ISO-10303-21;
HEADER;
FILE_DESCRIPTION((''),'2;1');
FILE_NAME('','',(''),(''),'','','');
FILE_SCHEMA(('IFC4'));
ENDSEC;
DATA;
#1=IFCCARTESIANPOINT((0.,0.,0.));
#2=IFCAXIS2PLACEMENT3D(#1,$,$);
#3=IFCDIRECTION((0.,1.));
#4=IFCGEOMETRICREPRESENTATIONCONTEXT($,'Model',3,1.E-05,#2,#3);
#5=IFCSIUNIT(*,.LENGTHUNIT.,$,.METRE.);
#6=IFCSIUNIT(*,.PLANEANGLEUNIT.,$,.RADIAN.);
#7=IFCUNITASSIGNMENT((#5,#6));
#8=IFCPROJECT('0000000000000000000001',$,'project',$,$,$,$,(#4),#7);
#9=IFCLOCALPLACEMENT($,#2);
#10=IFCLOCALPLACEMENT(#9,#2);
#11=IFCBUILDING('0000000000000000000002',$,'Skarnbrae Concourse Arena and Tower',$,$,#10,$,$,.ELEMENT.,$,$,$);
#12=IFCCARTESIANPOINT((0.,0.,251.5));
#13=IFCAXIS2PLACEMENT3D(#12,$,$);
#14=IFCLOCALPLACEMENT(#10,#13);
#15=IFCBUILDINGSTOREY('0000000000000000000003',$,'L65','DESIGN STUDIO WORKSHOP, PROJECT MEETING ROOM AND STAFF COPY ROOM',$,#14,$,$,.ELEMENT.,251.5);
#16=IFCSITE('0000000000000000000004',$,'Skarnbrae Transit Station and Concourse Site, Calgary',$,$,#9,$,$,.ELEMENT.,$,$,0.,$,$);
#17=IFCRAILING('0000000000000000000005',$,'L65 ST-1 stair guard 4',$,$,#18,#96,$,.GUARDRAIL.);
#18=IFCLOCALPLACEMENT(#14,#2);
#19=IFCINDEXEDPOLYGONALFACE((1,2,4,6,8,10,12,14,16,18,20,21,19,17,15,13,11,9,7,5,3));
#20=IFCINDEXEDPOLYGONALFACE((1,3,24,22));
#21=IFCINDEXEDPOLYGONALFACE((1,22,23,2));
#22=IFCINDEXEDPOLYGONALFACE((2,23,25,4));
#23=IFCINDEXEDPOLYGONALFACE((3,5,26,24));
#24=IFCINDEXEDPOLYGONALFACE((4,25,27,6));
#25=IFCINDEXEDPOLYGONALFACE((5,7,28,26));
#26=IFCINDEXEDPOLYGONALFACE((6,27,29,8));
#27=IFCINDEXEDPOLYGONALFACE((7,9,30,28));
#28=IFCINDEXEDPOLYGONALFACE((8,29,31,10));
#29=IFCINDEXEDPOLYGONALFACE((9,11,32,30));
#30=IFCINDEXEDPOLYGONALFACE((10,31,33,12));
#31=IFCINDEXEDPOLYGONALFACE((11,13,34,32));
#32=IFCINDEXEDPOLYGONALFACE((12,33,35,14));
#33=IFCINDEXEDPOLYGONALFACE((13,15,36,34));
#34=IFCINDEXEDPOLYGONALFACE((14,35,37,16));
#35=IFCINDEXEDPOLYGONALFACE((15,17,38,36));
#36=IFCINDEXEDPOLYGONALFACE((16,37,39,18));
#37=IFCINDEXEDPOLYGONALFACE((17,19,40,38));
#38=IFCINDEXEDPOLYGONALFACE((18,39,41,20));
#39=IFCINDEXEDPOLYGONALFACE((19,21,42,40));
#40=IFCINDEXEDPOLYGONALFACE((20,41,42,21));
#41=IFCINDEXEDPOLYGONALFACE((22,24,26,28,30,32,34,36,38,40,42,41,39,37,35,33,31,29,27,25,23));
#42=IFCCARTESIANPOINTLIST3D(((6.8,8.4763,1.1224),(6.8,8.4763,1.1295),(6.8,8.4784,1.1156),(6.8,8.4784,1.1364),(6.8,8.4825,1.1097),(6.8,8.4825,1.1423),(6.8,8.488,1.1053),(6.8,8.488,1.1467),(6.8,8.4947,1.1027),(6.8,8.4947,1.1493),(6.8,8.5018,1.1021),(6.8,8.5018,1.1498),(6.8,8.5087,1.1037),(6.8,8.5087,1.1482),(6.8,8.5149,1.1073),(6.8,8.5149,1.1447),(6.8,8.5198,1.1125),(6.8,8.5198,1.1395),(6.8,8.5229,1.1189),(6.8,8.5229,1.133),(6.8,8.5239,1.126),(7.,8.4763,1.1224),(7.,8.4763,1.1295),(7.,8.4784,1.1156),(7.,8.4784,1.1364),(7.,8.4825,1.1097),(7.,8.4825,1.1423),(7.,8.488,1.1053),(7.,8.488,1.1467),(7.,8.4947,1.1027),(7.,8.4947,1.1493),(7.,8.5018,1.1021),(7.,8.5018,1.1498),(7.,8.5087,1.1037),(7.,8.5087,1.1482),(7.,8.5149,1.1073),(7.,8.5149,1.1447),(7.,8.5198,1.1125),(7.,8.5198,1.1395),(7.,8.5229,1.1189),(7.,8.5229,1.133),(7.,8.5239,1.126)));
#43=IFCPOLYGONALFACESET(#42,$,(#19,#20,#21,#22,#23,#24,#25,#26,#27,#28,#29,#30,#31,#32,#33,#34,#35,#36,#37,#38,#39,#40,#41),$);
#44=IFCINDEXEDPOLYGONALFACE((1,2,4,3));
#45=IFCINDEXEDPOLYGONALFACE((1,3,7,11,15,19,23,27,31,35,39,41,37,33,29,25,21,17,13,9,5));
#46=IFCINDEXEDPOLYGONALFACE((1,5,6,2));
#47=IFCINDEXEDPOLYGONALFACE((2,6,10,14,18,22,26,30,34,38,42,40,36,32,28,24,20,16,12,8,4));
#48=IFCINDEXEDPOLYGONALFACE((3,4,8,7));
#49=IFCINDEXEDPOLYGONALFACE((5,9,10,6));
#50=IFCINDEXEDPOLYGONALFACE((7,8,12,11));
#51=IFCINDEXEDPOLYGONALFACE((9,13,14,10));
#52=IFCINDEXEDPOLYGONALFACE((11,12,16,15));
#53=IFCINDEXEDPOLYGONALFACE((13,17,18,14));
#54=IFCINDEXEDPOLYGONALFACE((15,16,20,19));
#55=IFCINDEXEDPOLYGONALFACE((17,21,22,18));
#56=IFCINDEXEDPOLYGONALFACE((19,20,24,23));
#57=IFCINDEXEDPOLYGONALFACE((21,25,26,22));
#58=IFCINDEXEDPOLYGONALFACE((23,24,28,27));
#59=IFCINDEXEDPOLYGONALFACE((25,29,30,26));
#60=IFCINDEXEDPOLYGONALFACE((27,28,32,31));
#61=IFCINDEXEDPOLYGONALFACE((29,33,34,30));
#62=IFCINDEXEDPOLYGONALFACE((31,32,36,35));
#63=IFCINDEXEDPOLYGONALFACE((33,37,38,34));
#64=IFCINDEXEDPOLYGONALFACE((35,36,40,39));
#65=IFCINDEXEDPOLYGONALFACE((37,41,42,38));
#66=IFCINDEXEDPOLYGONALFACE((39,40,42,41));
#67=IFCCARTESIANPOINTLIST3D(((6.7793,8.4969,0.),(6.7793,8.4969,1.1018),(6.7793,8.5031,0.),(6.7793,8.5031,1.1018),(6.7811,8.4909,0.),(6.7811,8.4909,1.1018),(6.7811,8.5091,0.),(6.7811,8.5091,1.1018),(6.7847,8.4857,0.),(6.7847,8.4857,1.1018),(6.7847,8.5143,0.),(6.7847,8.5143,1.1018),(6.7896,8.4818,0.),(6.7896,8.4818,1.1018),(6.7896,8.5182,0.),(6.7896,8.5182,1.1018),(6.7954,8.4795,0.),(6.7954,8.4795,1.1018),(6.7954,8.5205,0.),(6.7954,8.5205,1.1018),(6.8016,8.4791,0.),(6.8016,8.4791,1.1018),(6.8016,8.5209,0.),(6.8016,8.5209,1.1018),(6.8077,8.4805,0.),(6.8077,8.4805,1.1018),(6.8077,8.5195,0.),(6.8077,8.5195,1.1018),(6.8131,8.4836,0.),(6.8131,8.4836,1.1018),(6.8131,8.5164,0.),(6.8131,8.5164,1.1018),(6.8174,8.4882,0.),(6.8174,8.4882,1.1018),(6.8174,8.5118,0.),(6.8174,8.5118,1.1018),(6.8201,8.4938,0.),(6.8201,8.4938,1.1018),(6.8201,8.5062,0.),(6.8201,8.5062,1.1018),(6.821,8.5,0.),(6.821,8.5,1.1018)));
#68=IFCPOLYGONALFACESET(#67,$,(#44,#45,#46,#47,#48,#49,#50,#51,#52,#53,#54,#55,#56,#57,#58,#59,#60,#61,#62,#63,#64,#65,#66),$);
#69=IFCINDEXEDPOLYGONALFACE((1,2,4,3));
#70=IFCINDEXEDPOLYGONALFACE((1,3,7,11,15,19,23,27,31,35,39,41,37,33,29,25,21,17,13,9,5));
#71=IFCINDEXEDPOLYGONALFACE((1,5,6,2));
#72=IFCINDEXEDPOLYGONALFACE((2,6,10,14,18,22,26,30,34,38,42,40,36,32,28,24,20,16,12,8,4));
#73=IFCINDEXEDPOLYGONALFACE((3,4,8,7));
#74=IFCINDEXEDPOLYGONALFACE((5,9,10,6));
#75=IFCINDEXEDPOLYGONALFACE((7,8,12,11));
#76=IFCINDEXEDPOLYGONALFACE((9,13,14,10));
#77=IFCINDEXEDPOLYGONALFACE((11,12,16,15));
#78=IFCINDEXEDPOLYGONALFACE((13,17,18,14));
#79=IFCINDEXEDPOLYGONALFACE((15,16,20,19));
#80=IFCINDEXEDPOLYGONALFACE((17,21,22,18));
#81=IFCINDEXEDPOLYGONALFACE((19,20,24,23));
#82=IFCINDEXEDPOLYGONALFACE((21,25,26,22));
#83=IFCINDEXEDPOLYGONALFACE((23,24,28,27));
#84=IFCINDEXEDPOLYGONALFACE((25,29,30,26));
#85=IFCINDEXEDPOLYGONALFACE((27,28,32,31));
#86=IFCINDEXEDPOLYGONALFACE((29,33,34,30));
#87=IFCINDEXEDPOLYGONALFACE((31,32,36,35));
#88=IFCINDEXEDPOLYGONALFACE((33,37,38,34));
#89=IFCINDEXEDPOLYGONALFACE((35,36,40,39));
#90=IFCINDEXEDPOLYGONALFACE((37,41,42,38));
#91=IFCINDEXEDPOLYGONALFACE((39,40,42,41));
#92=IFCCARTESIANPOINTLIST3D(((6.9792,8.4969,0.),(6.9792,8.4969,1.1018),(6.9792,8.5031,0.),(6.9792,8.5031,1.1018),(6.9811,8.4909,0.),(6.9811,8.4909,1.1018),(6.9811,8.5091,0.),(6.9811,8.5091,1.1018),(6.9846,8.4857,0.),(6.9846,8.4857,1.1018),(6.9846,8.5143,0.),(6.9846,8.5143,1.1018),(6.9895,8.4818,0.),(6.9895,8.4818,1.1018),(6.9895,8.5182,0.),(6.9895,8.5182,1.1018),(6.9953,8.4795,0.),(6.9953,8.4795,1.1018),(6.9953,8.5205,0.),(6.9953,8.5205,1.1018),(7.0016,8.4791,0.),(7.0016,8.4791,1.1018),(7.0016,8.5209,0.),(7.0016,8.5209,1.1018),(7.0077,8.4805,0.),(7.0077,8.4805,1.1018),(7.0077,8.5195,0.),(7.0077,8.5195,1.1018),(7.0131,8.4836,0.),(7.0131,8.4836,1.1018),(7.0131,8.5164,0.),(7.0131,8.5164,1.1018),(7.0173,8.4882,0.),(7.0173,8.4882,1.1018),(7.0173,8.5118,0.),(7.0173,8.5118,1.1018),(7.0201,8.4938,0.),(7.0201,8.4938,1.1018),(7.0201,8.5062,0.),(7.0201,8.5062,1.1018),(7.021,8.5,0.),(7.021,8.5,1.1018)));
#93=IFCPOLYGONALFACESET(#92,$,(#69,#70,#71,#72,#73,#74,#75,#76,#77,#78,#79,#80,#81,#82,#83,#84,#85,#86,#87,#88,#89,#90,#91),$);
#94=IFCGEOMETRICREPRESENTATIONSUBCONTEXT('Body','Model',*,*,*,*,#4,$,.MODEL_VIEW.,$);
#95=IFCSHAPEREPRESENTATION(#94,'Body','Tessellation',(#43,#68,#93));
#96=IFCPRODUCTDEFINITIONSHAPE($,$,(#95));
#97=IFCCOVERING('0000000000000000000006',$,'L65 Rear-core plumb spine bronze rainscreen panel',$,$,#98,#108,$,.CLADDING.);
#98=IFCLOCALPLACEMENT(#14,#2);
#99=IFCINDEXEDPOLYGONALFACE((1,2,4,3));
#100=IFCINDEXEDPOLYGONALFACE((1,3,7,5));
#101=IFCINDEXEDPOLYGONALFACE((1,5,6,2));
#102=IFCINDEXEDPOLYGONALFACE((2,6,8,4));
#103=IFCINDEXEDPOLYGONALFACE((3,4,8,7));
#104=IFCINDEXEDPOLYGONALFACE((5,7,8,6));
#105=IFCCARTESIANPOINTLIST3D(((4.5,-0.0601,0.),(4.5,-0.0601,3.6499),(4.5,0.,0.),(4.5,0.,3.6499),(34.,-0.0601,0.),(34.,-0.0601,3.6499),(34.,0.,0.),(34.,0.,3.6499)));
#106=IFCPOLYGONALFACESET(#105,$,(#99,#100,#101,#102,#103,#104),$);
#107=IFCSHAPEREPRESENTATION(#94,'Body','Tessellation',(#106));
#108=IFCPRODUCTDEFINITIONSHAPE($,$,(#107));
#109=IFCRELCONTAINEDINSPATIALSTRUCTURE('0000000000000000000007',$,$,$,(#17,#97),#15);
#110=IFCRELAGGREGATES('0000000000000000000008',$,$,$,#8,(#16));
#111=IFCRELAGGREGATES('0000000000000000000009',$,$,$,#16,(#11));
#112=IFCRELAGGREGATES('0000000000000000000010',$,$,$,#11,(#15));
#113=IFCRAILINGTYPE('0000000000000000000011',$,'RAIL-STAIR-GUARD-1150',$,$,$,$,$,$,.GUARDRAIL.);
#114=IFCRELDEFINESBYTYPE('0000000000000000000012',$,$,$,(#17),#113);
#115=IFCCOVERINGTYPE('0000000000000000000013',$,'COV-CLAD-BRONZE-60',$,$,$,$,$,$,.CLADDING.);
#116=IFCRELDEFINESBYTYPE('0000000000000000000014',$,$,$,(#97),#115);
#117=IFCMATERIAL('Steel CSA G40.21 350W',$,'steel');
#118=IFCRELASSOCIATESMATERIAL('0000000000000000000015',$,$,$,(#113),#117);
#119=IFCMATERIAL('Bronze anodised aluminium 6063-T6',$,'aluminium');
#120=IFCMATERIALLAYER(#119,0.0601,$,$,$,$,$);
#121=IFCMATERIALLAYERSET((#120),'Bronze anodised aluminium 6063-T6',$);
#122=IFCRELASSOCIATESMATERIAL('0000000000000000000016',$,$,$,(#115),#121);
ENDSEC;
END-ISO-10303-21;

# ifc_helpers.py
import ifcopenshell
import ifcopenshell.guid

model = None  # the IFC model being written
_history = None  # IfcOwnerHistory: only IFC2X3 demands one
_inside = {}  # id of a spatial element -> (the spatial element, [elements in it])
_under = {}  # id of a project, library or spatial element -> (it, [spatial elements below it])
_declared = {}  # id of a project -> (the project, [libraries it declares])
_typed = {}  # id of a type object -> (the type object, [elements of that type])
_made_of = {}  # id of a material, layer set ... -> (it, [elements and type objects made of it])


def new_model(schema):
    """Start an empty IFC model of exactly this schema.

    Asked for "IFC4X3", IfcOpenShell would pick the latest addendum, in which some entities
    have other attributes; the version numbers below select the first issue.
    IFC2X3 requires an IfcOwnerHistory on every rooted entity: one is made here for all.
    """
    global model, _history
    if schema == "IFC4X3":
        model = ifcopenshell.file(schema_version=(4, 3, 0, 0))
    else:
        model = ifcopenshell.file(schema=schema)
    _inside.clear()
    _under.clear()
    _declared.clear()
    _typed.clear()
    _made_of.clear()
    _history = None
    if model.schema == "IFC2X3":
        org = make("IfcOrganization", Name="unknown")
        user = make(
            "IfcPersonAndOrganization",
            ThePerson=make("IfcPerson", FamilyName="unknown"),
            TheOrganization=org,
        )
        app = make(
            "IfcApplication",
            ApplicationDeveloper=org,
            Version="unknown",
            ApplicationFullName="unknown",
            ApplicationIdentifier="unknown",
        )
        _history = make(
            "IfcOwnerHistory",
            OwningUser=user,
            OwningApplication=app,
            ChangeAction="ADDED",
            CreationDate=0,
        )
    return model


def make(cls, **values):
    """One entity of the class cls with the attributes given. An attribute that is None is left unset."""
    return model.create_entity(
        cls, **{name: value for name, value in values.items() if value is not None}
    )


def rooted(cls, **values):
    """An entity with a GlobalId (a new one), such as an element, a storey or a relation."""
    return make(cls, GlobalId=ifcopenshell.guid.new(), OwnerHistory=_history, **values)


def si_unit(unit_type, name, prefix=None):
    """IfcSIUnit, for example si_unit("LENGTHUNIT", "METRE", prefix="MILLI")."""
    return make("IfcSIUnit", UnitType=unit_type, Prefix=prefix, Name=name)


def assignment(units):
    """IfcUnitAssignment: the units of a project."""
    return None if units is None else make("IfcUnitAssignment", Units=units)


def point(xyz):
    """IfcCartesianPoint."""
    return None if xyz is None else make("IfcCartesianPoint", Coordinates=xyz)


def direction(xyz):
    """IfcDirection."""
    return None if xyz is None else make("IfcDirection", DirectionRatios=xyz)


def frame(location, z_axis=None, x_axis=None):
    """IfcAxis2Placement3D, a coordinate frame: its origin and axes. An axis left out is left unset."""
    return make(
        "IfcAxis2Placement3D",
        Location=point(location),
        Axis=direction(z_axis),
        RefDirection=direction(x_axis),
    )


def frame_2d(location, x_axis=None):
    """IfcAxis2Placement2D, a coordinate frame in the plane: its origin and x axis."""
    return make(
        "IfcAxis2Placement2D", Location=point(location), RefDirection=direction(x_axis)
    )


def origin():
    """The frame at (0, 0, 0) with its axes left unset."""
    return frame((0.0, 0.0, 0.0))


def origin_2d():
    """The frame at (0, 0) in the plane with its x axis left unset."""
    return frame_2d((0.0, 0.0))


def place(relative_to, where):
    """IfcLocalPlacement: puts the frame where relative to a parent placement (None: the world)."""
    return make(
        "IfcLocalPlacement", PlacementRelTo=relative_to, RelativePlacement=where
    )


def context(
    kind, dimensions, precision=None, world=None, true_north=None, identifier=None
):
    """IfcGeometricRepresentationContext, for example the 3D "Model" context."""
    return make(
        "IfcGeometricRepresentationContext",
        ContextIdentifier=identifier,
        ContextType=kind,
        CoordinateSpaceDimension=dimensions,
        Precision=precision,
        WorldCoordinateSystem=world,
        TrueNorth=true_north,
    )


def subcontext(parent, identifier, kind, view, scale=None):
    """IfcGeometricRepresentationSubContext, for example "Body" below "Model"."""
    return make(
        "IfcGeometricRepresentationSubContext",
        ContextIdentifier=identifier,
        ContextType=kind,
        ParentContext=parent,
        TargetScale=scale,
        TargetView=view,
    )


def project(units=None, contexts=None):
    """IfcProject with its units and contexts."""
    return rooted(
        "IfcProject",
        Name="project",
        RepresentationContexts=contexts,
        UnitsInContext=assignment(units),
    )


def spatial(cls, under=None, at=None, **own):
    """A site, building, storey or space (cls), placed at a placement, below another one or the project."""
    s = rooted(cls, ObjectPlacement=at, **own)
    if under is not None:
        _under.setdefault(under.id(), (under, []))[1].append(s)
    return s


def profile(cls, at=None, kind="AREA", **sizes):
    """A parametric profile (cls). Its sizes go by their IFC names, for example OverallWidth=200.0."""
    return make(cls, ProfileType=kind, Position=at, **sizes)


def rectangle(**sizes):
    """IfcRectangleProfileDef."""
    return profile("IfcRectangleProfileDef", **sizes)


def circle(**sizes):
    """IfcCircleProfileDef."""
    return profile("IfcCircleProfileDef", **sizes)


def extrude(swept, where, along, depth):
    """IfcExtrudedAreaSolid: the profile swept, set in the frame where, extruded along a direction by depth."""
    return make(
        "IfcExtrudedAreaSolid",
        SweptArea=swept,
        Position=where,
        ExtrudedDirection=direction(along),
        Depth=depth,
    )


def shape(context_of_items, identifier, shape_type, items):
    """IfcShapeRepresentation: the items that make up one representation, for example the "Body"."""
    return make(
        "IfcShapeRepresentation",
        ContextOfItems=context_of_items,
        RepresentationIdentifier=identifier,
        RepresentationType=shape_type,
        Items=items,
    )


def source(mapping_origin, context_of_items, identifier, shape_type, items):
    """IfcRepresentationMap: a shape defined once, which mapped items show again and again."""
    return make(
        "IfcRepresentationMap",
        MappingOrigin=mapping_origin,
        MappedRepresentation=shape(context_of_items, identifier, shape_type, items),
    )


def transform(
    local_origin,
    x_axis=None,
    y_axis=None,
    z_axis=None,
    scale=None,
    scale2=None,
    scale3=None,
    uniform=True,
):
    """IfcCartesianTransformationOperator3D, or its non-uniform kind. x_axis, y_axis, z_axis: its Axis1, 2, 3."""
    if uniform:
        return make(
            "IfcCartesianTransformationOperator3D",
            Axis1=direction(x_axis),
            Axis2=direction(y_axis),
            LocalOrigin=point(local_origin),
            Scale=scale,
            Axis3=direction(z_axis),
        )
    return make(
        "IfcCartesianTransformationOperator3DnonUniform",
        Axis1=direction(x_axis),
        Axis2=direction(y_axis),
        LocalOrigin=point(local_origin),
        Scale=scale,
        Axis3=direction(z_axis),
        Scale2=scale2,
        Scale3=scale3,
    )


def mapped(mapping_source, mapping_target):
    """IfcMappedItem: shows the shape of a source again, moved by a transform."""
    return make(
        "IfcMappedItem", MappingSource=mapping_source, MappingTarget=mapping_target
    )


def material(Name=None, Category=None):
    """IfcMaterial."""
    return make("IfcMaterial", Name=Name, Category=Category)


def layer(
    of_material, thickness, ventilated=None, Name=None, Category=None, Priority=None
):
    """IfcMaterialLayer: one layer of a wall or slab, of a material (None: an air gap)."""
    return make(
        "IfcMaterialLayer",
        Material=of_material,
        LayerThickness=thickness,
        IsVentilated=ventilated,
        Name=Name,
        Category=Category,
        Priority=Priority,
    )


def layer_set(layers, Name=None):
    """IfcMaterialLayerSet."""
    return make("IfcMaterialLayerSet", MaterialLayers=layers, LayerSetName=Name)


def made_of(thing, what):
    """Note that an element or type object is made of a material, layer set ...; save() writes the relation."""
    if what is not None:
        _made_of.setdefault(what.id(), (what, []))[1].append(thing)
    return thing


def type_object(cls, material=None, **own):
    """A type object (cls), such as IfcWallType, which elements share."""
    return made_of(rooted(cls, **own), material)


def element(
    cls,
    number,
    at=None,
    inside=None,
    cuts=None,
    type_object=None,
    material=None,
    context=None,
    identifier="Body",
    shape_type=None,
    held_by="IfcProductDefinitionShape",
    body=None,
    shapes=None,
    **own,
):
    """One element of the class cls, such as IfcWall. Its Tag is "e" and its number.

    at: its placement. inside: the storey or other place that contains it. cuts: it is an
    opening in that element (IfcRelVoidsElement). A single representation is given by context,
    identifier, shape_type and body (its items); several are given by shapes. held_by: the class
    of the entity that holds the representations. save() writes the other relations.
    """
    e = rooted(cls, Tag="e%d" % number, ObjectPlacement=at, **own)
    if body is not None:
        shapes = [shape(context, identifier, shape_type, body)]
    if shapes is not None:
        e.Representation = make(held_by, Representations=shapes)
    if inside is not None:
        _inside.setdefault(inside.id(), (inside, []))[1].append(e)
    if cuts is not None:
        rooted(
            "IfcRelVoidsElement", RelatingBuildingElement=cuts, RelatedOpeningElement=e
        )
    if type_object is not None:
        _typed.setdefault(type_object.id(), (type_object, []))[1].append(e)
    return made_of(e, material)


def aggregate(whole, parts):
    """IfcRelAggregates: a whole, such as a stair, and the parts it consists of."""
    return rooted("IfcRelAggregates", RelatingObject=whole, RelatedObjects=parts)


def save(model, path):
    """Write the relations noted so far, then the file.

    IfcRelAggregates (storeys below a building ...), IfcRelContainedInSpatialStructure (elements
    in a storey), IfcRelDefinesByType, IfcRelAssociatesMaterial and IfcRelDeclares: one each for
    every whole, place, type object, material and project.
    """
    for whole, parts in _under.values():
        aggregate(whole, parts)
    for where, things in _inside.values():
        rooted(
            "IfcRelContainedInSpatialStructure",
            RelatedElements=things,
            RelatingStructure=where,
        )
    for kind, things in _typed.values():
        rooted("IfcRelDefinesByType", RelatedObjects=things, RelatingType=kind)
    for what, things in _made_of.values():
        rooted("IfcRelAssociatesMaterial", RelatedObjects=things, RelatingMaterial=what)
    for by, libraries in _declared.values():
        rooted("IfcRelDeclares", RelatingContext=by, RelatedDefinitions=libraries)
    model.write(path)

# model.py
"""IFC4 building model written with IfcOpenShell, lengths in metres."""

from ifc_helpers import new_model, si_unit, direction, frame, origin, origin_2d, place, context, subcontext, project, spatial, rectangle, circle, extrude, source, transform, mapped, material, layer, layer_set, type_object, element, save


model = new_model("IFC4")

# Units and contexts
model_context = context("Model", 3, precision=1e-05, world=origin(), true_north=direction((0.0, 1.0)))
body_context = subcontext(model_context, "Body", "Model", "MODEL_VIEW")
ifc_project = project(units=[si_unit("LENGTHUNIT", "METRE"), si_unit("PLANEANGLEUNIT", "RADIAN")], contexts=[model_context])

# Site, building, storey
site_placement = place(None, origin())
site = spatial("IfcSite", under=ifc_project, at=site_placement, Name="Skarnbrae Transit Station and Concourse Site, Calgary", CompositionType="ELEMENT", RefElevation=0.0)
building_placement = place(site_placement, origin())
building = spatial("IfcBuilding", under=site, at=building_placement, Name="Skarnbrae Concourse Arena and Tower", CompositionType="ELEMENT")
storey_placement = place(building_placement, frame((0.0, 0.0, 251.5)))
storey = spatial("IfcBuildingStorey", under=building, at=storey_placement, Name="L65", Description="DESIGN STUDIO WORKSHOP, PROJECT MEETING ROOM AND STAFF COPY ROOM", CompositionType="ELEMENT", Elevation=251.5)

# Shared definitions
ifc_material_1 = material(Name="Steel CSA G40.21 350W", Category="steel")

# Railing
railing_type_1 = type_object("IfcRailingType", Name="RAIL-STAIR-GUARD-1150", PredefinedType="GUARDRAIL", material=ifc_material_1)
railing_1_placement = place(storey_placement, frame((6.8, 8.5, 0.0)))
element("IfcRailing", 1, at=railing_1_placement, inside=storey, type_object=railing_type_1, Name="L65 ST-1 stair guard 4", PredefinedType="GUARDRAIL", context=body_context, shape_type="SweptSolid", body=[
    extrude(circle(Radius=0.0239, at=origin_2d()), frame((0.0, 0.0, 1.126), z_axis=(1.0, 0.0, 0.0), x_axis=(0.0, 1.0, 0.0)), (0.0, 0.0, 1.0), 0.2),
    extrude(circle(Radius=0.021, at=origin_2d()), origin(), (0.0, 0.0, 1.0), 1.1018),
    extrude(circle(Radius=0.021, at=origin_2d()), frame((0.2, 0.0, 0.0)), (0.0, 0.0, 1.0), 1.1018),
])

# Covering
ifc_material_2 = material(Name="Bronze anodised aluminium 6063-T6", Category="aluminium")
ifc_layer_1 = layer(ifc_material_2, 0.0601)
ifc_layer_set_1 = layer_set([ifc_layer_1], Name="Bronze anodised aluminium 6063-T6")
covering_type = type_object("IfcCoveringType", Name="COV-CLAD-BRONZE-60", PredefinedType="CLADDING", material=ifc_layer_set_1)
shared_shape_1 = source(origin(), body_context, "Body", "SweptSolid", [
    extrude(rectangle(XDim=29.5, YDim=0.0601, at=origin_2d()), origin(), (0.0, 0.0, 1.0), 3.6499),
])
covering_placement = place(storey_placement, frame((19.25, -0.03, 0.0), z_axis=(0.0, 0.0, 1.0), x_axis=(1.0, 0.0, 0.0)))
element("IfcCovering", 2, at=covering_placement, inside=storey, type_object=covering_type, Name="L65 Rear-core plumb spine bronze rainscreen panel", PredefinedType="CLADDING", context=body_context, shape_type="MappedRepresentation", body=[
    mapped(shared_shape_1, transform((0.0, 0.0, 0.0))),
])

save(model, "model.ifc")
